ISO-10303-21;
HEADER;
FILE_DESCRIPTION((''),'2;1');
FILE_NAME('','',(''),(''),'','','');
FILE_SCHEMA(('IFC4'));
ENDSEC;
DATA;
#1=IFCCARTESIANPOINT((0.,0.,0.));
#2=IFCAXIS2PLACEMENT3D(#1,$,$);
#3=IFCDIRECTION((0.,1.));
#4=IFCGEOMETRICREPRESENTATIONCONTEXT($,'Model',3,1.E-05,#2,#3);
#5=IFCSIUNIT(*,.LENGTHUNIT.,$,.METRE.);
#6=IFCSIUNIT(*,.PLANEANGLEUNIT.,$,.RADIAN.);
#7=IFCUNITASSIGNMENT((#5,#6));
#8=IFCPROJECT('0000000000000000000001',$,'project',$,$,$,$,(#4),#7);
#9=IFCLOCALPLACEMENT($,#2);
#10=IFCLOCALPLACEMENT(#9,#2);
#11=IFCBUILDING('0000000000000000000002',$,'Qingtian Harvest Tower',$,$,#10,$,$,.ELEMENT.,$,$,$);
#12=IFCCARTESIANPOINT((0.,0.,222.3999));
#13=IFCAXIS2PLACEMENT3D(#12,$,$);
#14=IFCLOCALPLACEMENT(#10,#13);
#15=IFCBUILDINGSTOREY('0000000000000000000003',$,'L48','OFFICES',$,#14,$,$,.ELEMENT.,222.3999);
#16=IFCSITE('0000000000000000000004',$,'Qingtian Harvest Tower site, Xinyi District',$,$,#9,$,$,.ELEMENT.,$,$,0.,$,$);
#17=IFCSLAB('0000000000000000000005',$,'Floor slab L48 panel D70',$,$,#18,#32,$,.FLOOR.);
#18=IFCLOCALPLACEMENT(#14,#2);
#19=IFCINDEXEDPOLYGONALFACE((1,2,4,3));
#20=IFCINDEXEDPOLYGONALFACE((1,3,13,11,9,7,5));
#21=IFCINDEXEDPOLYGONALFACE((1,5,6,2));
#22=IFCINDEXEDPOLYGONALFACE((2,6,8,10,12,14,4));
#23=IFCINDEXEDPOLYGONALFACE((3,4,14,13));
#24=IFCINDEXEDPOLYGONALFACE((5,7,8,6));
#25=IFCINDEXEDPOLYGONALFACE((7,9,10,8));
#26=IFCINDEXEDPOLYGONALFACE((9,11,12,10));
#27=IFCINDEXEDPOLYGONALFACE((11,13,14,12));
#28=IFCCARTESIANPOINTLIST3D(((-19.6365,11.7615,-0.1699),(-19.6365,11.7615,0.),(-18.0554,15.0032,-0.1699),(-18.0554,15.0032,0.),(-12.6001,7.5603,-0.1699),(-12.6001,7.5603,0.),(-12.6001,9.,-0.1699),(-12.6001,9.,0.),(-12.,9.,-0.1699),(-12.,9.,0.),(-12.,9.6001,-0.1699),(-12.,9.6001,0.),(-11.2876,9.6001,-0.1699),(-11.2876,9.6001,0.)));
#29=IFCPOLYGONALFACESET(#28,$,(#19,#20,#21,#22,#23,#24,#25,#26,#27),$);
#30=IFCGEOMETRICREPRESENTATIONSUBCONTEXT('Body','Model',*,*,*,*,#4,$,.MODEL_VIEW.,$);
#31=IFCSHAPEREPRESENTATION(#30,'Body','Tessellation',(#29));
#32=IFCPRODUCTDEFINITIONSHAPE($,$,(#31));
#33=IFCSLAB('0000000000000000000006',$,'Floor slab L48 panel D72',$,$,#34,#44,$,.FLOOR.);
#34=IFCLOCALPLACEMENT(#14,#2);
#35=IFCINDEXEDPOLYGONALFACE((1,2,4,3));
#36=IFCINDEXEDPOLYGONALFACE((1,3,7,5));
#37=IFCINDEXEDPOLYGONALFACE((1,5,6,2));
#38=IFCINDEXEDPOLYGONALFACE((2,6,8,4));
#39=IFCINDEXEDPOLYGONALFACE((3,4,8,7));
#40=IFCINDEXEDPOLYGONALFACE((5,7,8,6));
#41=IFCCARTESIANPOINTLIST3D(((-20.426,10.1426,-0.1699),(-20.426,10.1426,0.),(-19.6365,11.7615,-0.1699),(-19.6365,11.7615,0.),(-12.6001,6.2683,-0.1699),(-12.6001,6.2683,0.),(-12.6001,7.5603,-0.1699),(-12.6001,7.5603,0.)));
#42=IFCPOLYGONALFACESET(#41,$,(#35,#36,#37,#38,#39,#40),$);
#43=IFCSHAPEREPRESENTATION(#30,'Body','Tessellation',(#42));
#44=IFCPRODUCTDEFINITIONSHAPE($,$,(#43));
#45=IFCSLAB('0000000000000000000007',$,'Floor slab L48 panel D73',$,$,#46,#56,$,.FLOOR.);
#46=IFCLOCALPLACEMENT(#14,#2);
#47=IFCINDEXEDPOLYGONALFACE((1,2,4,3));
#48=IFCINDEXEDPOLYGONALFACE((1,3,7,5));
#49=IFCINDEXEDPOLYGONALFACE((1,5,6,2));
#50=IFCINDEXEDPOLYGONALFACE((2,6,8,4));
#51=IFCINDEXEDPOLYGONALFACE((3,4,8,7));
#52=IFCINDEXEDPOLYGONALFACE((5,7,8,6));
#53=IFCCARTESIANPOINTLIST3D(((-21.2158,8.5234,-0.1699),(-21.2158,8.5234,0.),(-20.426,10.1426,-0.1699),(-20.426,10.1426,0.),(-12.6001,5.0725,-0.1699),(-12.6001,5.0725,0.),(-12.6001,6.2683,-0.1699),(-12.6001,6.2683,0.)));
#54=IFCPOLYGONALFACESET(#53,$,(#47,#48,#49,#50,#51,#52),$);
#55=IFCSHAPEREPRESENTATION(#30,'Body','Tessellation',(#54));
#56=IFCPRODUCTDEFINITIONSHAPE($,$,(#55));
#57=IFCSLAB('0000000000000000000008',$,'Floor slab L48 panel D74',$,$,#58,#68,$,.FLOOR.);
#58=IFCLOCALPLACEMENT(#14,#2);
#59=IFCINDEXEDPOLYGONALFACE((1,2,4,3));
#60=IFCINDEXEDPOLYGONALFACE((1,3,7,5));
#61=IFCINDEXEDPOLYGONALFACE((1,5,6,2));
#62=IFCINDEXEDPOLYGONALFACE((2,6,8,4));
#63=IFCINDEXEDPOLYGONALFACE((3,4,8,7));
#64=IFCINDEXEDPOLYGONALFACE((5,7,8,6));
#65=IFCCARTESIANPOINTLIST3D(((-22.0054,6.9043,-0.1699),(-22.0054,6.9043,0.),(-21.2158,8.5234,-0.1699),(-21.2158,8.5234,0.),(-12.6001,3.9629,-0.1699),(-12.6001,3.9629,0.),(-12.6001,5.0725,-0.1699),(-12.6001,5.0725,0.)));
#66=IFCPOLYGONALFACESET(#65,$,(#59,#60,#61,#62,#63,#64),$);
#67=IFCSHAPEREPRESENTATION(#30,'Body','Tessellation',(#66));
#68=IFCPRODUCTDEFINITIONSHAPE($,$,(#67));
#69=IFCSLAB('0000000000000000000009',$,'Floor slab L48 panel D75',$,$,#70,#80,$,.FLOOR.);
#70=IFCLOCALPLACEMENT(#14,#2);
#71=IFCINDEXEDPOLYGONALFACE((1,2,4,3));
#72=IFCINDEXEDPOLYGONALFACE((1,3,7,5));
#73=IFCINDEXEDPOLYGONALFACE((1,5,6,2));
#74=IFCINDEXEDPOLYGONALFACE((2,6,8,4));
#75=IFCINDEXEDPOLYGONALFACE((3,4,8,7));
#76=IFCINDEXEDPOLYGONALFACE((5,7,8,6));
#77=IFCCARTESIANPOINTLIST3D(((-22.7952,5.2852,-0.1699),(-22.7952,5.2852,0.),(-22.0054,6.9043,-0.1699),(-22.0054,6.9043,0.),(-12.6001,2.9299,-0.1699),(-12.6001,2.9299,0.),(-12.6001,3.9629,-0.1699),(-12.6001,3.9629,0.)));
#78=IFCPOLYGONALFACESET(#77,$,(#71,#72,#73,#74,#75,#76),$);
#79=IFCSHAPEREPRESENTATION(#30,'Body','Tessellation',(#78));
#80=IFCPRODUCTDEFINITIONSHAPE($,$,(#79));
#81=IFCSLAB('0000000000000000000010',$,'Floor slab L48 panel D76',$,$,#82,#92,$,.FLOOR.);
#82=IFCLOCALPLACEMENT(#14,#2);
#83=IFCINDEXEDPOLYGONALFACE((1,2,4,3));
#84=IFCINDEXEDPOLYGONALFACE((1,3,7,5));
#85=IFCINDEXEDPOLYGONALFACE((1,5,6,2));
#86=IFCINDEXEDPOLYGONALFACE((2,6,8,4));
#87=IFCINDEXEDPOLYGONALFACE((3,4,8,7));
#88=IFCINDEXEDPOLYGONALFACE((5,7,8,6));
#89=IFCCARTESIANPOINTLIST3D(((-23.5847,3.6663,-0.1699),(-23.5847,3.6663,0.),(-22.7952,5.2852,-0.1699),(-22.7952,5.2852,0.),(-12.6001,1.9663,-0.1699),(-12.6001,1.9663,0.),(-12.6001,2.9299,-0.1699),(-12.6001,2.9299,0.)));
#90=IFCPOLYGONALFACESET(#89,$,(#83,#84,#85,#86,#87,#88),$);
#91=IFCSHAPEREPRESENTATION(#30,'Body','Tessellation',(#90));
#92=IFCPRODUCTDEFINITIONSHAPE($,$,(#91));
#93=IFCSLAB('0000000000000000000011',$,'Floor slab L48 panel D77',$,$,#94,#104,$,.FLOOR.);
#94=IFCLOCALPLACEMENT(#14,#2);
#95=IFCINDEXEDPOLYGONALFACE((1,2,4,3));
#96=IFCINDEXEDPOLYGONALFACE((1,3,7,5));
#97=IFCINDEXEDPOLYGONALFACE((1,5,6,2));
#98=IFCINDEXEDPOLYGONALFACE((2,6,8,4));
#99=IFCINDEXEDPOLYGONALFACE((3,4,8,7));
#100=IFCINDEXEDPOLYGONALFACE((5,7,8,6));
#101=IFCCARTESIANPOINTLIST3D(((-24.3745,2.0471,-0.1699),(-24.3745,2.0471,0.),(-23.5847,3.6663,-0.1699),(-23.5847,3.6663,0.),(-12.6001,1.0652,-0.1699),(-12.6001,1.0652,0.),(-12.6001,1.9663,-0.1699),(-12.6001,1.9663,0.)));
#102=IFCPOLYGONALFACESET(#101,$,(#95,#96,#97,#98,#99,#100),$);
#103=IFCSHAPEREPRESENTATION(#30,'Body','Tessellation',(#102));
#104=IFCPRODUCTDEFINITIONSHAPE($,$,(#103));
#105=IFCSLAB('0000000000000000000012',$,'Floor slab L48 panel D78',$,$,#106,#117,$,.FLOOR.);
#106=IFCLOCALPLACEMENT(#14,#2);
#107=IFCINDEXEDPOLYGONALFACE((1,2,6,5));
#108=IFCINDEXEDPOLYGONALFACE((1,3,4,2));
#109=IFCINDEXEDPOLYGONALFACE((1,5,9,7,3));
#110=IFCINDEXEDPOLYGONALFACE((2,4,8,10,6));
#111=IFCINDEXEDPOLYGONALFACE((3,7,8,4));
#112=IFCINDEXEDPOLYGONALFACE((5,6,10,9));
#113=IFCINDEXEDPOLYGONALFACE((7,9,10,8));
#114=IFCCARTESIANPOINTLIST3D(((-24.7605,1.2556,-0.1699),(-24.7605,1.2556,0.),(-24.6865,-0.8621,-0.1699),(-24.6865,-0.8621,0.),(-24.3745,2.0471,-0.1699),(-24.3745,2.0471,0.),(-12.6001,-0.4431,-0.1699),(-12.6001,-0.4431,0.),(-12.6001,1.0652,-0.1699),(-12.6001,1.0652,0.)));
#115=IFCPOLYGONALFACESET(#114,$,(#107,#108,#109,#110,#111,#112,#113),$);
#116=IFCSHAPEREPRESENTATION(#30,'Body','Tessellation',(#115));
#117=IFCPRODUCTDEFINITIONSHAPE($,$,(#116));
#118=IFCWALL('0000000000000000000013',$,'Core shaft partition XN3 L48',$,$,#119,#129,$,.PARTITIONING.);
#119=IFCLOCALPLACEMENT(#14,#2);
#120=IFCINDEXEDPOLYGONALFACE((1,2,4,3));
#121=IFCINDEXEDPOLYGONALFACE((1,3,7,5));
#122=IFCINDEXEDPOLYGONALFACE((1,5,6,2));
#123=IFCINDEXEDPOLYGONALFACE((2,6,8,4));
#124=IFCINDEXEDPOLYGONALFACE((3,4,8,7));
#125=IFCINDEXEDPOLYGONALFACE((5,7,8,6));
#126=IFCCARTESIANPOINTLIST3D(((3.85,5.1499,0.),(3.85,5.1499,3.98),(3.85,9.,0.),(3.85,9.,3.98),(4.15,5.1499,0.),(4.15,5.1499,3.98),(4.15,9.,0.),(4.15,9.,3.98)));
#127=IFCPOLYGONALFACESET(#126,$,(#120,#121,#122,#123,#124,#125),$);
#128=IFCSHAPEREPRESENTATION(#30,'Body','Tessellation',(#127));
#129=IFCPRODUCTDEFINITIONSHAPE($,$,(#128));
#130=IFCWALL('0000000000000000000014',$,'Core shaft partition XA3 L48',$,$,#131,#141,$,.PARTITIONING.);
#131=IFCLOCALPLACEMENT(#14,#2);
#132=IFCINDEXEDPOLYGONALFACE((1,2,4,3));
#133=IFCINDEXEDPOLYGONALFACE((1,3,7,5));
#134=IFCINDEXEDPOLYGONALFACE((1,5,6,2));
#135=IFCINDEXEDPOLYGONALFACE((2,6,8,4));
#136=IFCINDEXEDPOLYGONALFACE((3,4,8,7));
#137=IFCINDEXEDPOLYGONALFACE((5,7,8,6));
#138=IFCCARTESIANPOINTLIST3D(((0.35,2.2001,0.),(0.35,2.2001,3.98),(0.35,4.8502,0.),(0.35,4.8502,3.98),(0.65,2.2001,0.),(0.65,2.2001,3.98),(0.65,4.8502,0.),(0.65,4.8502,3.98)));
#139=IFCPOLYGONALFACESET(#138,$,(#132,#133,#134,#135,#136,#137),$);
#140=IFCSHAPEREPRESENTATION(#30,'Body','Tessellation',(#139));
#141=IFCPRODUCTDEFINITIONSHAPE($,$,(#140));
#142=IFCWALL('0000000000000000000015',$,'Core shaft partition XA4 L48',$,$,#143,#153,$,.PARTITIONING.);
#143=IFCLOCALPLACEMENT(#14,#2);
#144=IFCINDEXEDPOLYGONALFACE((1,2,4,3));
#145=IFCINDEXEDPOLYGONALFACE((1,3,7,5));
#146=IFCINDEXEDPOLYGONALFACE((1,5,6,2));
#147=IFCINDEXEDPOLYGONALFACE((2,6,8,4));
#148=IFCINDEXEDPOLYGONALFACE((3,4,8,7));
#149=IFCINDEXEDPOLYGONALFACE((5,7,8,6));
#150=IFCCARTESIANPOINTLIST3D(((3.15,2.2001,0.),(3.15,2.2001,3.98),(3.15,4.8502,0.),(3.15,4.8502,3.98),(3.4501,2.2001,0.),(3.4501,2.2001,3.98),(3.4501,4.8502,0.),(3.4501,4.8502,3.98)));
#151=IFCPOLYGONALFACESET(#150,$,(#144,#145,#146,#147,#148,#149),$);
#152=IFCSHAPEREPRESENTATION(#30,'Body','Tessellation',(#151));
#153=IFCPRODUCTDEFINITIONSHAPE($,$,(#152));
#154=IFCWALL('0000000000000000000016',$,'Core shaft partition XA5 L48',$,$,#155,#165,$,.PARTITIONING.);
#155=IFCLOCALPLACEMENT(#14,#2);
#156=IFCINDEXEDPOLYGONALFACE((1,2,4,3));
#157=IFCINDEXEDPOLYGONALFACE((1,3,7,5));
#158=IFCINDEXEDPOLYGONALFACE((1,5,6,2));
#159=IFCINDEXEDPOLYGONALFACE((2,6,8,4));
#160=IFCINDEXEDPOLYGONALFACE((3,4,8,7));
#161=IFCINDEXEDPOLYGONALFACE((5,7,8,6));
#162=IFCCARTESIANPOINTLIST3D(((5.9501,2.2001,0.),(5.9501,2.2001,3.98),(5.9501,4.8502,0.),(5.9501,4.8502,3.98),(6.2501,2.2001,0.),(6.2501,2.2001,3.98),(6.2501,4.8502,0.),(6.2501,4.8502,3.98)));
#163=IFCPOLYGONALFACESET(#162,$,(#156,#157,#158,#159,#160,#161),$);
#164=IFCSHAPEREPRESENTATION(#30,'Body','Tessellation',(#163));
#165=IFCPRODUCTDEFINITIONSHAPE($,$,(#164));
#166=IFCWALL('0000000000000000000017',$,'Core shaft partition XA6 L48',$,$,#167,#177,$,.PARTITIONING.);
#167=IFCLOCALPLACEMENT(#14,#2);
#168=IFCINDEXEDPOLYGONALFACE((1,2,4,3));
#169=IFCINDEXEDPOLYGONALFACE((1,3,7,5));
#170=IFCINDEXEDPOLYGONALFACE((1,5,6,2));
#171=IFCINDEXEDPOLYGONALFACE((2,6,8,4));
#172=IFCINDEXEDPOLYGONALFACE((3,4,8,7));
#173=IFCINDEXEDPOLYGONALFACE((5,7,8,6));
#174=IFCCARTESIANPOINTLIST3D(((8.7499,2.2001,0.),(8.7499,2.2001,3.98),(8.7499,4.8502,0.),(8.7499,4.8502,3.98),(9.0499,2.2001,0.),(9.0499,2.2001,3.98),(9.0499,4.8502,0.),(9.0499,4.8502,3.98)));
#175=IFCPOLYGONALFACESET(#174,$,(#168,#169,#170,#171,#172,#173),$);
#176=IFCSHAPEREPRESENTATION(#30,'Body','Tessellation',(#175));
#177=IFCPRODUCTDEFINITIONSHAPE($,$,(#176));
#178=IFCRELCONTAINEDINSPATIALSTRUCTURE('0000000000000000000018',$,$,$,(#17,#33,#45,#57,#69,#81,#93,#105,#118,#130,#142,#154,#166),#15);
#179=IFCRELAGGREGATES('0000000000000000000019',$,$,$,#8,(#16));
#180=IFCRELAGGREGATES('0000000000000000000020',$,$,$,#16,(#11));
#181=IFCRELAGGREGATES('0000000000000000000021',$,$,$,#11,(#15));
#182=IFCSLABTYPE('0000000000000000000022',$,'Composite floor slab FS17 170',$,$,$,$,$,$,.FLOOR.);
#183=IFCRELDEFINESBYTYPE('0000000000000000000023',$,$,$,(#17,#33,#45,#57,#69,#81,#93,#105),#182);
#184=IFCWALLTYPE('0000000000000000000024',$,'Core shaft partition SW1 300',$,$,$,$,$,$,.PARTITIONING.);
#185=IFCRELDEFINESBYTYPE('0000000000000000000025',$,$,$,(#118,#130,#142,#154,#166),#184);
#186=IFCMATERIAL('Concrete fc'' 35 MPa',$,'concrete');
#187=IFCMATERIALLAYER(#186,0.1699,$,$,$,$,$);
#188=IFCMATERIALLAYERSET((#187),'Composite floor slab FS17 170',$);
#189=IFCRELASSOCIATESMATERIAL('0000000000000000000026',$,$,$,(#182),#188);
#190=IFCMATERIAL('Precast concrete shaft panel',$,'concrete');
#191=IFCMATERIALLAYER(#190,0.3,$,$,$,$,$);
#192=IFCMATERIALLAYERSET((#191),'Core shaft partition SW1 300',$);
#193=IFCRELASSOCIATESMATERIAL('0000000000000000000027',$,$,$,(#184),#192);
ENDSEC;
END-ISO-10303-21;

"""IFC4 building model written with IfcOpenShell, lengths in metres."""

from ifc_helpers import new_model, si_unit, direction, frame, frame_2d, origin, place, context, subcontext, project, spatial, polyline, rectangle, outline, extrude, material, layer, layer_set, type_object, element, save


model = new_model("IFC4")

# Units and contexts
model_context = context("Model", 3, precision=1e-05, world=origin(), true_north=direction((0.0, 1.0)))
body_context = subcontext(model_context, "Body", "Model", "MODEL_VIEW")
ifc_project = project(units=[si_unit("LENGTHUNIT", "METRE"), si_unit("PLANEANGLEUNIT", "RADIAN")], contexts=[model_context])

# Site, building, storey
site_placement = place(None, origin())
site = spatial("IfcSite", under=ifc_project, at=site_placement, Name="Qingtian Harvest Tower site, Xinyi District", CompositionType="ELEMENT", RefElevation=0.0)
building_placement = place(site_placement, origin())
building = spatial("IfcBuilding", under=site, at=building_placement, Name="Qingtian Harvest Tower", CompositionType="ELEMENT")
storey_placement = place(building_placement, frame((0.0, 0.0, 222.3999)))
storey = spatial("IfcBuildingStorey", under=building, at=storey_placement, Name="L48", Description="OFFICES", CompositionType="ELEMENT", Elevation=222.3999)

# Slabs
ifc_material_1 = material(Name="Concrete fc' 35 MPa", Category="concrete")
ifc_layer_1 = layer(ifc_material_1, 0.1699)
ifc_layer_set_1 = layer_set([ifc_layer_1], Name="Composite floor slab FS17 170")
slab_type = type_object("IfcSlabType", Name="Composite floor slab FS17 170", PredefinedType="FLOOR", material=ifc_layer_set_1)
slab_1_placement = place(storey_placement, frame((0.0, 0.0, -0.1699)))
element("IfcSlab", 1, at=slab_1_placement, inside=storey, type_object=slab_type, Name="Floor slab L48 panel D70", PredefinedType="FLOOR", context=body_context, shape_type="SweptSolid", body=[
    extrude(outline(polyline([(-12.0, 9.0), (-12.6001, 9.0), (-12.6001, 7.5603), (-19.6365, 11.7615), (-18.0554, 15.0032), (-11.2876, 9.6001), (-12.0, 9.6001), (-12.0, 9.0)])), origin(), (0.0, 0.0, 1.0), 0.1699),
])
slab_2_placement = place(storey_placement, frame((0.0, 0.0, -0.1699)))
element("IfcSlab", 2, at=slab_2_placement, inside=storey, type_object=slab_type, Name="Floor slab L48 panel D72", PredefinedType="FLOOR", context=body_context, shape_type="SweptSolid", body=[
    extrude(outline(polyline([(-12.6001, 6.2683), (-20.426, 10.1426), (-19.6365, 11.7615), (-12.6001, 7.5603), (-12.6001, 6.2683)])), origin(), (0.0, 0.0, 1.0), 0.1699),
])
slab_3_placement = place(storey_placement, frame((0.0, 0.0, -0.1699)))
element("IfcSlab", 3, at=slab_3_placement, inside=storey, type_object=slab_type, Name="Floor slab L48 panel D73", PredefinedType="FLOOR", context=body_context, shape_type="SweptSolid", body=[
    extrude(outline(polyline([(-12.6001, 5.0725), (-21.2158, 8.5234), (-20.426, 10.1426), (-12.6001, 6.2683), (-12.6001, 5.0725)])), origin(), (0.0, 0.0, 1.0), 0.1699),
])
slab_4_placement = place(storey_placement, frame((0.0, 0.0, -0.1699)))
element("IfcSlab", 4, at=slab_4_placement, inside=storey, type_object=slab_type, Name="Floor slab L48 panel D74", PredefinedType="FLOOR", context=body_context, shape_type="SweptSolid", body=[
    extrude(outline(polyline([(-12.6001, 3.9629), (-22.0054, 6.9043), (-21.2158, 8.5234), (-12.6001, 5.0725), (-12.6001, 3.9629)])), origin(), (0.0, 0.0, 1.0), 0.1699),
])
slab_5_placement = place(storey_placement, frame((0.0, 0.0, -0.1699)))
element("IfcSlab", 5, at=slab_5_placement, inside=storey, type_object=slab_type, Name="Floor slab L48 panel D75", PredefinedType="FLOOR", context=body_context, shape_type="SweptSolid", body=[
    extrude(outline(polyline([(-12.6001, 2.9299), (-22.7952, 5.2852), (-22.0054, 6.9043), (-12.6001, 3.9629), (-12.6001, 2.9299)])), origin(), (0.0, 0.0, 1.0), 0.1699),
])
slab_6_placement = place(storey_placement, frame((0.0, 0.0, -0.1699)))
element("IfcSlab", 6, at=slab_6_placement, inside=storey, type_object=slab_type, Name="Floor slab L48 panel D76", PredefinedType="FLOOR", context=body_context, shape_type="SweptSolid", body=[
    extrude(outline(polyline([(-12.6001, 1.9663), (-23.5847, 3.6663), (-22.7952, 5.2852), (-12.6001, 2.9299), (-12.6001, 1.9663)])), origin(), (0.0, 0.0, 1.0), 0.1699),
])
slab_7_placement = place(storey_placement, frame((0.0, 0.0, -0.1699)))
element("IfcSlab", 7, at=slab_7_placement, inside=storey, type_object=slab_type, Name="Floor slab L48 panel D77", PredefinedType="FLOOR", context=body_context, shape_type="SweptSolid", body=[
    extrude(outline(polyline([(-12.6001, 1.0652), (-24.3745, 2.0471), (-23.5847, 3.6663), (-12.6001, 1.9663), (-12.6001, 1.0652)])), origin(), (0.0, 0.0, 1.0), 0.1699),
])
slab_8_placement = place(storey_placement, frame((0.0, 0.0, -0.1699)))
element("IfcSlab", 8, at=slab_8_placement, inside=storey, type_object=slab_type, Name="Floor slab L48 panel D78", PredefinedType="FLOOR", context=body_context, shape_type="SweptSolid", body=[
    extrude(outline(polyline([(-12.6001, 1.0652), (-12.6001, -0.4431), (-24.6865, -0.8621), (-24.7605, 1.2556), (-24.3745, 2.0471), (-12.6001, 1.0652)])), origin(), (0.0, 0.0, 1.0), 0.1699),
])

# Shared definitions
ifc_material_2 = material(Name="Precast concrete shaft panel", Category="concrete")
ifc_layer_2 = layer(ifc_material_2, 0.3)
ifc_layer_set_2 = layer_set([ifc_layer_2], Name="Core shaft partition SW1 300")
wall_type = type_object("IfcWallType", Name="Core shaft partition SW1 300", PredefinedType="PARTITIONING", material=ifc_layer_set_2)

# Walls
wall_1_placement = place(storey_placement, frame((4.0, 5.1499, 0.0), z_axis=(0.0, 0.0, 1.0), x_axis=(0.0, 1.0, 0.0)))
element("IfcWall", 9, at=wall_1_placement, inside=storey, type_object=wall_type, Name="Core shaft partition XN3 L48", PredefinedType="PARTITIONING", context=body_context, shape_type="SweptSolid", body=[
    extrude(rectangle(XDim=3.8501, YDim=0.3, at=frame_2d((1.925, 0.0))), origin(), (0.0, 0.0, 1.0), 3.98),
])
for number, where, z_axis, x_axis, name in (
    (10, (0.5, 2.2, 0.0), (0.0, 0.0, 1.0), (0.0, 1.0, 0.0), "Core shaft partition XA3 L48"),
    (11, (3.3, 2.2, 0.0), (0.0, 0.0, 1.0), (0.0, 1.0, 0.0), "Core shaft partition XA4 L48"),
    (12, (6.1001, 2.2, 0.0), (0.0, 0.0, 1.0), (0.0, 1.0, 0.0), "Core shaft partition XA5 L48"),
    (13, (8.8999, 2.2, 0.0), (0.0, 0.0, 1.0), (0.0, 1.0, 0.0), "Core shaft partition XA6 L48"),
):
    element("IfcWall", number, at=place(storey_placement, frame(where, z_axis=z_axis, x_axis=x_axis)), inside=storey, type_object=wall_type, Name=name, PredefinedType="PARTITIONING", context=body_context, shape_type="SweptSolid", body=[
        extrude(rectangle(XDim=2.6501, YDim=0.3, at=frame_2d((1.3252, 0.0))), origin(), (0.0, 0.0, 1.0), 3.98),
    ])

save(model, "model.ifc")
